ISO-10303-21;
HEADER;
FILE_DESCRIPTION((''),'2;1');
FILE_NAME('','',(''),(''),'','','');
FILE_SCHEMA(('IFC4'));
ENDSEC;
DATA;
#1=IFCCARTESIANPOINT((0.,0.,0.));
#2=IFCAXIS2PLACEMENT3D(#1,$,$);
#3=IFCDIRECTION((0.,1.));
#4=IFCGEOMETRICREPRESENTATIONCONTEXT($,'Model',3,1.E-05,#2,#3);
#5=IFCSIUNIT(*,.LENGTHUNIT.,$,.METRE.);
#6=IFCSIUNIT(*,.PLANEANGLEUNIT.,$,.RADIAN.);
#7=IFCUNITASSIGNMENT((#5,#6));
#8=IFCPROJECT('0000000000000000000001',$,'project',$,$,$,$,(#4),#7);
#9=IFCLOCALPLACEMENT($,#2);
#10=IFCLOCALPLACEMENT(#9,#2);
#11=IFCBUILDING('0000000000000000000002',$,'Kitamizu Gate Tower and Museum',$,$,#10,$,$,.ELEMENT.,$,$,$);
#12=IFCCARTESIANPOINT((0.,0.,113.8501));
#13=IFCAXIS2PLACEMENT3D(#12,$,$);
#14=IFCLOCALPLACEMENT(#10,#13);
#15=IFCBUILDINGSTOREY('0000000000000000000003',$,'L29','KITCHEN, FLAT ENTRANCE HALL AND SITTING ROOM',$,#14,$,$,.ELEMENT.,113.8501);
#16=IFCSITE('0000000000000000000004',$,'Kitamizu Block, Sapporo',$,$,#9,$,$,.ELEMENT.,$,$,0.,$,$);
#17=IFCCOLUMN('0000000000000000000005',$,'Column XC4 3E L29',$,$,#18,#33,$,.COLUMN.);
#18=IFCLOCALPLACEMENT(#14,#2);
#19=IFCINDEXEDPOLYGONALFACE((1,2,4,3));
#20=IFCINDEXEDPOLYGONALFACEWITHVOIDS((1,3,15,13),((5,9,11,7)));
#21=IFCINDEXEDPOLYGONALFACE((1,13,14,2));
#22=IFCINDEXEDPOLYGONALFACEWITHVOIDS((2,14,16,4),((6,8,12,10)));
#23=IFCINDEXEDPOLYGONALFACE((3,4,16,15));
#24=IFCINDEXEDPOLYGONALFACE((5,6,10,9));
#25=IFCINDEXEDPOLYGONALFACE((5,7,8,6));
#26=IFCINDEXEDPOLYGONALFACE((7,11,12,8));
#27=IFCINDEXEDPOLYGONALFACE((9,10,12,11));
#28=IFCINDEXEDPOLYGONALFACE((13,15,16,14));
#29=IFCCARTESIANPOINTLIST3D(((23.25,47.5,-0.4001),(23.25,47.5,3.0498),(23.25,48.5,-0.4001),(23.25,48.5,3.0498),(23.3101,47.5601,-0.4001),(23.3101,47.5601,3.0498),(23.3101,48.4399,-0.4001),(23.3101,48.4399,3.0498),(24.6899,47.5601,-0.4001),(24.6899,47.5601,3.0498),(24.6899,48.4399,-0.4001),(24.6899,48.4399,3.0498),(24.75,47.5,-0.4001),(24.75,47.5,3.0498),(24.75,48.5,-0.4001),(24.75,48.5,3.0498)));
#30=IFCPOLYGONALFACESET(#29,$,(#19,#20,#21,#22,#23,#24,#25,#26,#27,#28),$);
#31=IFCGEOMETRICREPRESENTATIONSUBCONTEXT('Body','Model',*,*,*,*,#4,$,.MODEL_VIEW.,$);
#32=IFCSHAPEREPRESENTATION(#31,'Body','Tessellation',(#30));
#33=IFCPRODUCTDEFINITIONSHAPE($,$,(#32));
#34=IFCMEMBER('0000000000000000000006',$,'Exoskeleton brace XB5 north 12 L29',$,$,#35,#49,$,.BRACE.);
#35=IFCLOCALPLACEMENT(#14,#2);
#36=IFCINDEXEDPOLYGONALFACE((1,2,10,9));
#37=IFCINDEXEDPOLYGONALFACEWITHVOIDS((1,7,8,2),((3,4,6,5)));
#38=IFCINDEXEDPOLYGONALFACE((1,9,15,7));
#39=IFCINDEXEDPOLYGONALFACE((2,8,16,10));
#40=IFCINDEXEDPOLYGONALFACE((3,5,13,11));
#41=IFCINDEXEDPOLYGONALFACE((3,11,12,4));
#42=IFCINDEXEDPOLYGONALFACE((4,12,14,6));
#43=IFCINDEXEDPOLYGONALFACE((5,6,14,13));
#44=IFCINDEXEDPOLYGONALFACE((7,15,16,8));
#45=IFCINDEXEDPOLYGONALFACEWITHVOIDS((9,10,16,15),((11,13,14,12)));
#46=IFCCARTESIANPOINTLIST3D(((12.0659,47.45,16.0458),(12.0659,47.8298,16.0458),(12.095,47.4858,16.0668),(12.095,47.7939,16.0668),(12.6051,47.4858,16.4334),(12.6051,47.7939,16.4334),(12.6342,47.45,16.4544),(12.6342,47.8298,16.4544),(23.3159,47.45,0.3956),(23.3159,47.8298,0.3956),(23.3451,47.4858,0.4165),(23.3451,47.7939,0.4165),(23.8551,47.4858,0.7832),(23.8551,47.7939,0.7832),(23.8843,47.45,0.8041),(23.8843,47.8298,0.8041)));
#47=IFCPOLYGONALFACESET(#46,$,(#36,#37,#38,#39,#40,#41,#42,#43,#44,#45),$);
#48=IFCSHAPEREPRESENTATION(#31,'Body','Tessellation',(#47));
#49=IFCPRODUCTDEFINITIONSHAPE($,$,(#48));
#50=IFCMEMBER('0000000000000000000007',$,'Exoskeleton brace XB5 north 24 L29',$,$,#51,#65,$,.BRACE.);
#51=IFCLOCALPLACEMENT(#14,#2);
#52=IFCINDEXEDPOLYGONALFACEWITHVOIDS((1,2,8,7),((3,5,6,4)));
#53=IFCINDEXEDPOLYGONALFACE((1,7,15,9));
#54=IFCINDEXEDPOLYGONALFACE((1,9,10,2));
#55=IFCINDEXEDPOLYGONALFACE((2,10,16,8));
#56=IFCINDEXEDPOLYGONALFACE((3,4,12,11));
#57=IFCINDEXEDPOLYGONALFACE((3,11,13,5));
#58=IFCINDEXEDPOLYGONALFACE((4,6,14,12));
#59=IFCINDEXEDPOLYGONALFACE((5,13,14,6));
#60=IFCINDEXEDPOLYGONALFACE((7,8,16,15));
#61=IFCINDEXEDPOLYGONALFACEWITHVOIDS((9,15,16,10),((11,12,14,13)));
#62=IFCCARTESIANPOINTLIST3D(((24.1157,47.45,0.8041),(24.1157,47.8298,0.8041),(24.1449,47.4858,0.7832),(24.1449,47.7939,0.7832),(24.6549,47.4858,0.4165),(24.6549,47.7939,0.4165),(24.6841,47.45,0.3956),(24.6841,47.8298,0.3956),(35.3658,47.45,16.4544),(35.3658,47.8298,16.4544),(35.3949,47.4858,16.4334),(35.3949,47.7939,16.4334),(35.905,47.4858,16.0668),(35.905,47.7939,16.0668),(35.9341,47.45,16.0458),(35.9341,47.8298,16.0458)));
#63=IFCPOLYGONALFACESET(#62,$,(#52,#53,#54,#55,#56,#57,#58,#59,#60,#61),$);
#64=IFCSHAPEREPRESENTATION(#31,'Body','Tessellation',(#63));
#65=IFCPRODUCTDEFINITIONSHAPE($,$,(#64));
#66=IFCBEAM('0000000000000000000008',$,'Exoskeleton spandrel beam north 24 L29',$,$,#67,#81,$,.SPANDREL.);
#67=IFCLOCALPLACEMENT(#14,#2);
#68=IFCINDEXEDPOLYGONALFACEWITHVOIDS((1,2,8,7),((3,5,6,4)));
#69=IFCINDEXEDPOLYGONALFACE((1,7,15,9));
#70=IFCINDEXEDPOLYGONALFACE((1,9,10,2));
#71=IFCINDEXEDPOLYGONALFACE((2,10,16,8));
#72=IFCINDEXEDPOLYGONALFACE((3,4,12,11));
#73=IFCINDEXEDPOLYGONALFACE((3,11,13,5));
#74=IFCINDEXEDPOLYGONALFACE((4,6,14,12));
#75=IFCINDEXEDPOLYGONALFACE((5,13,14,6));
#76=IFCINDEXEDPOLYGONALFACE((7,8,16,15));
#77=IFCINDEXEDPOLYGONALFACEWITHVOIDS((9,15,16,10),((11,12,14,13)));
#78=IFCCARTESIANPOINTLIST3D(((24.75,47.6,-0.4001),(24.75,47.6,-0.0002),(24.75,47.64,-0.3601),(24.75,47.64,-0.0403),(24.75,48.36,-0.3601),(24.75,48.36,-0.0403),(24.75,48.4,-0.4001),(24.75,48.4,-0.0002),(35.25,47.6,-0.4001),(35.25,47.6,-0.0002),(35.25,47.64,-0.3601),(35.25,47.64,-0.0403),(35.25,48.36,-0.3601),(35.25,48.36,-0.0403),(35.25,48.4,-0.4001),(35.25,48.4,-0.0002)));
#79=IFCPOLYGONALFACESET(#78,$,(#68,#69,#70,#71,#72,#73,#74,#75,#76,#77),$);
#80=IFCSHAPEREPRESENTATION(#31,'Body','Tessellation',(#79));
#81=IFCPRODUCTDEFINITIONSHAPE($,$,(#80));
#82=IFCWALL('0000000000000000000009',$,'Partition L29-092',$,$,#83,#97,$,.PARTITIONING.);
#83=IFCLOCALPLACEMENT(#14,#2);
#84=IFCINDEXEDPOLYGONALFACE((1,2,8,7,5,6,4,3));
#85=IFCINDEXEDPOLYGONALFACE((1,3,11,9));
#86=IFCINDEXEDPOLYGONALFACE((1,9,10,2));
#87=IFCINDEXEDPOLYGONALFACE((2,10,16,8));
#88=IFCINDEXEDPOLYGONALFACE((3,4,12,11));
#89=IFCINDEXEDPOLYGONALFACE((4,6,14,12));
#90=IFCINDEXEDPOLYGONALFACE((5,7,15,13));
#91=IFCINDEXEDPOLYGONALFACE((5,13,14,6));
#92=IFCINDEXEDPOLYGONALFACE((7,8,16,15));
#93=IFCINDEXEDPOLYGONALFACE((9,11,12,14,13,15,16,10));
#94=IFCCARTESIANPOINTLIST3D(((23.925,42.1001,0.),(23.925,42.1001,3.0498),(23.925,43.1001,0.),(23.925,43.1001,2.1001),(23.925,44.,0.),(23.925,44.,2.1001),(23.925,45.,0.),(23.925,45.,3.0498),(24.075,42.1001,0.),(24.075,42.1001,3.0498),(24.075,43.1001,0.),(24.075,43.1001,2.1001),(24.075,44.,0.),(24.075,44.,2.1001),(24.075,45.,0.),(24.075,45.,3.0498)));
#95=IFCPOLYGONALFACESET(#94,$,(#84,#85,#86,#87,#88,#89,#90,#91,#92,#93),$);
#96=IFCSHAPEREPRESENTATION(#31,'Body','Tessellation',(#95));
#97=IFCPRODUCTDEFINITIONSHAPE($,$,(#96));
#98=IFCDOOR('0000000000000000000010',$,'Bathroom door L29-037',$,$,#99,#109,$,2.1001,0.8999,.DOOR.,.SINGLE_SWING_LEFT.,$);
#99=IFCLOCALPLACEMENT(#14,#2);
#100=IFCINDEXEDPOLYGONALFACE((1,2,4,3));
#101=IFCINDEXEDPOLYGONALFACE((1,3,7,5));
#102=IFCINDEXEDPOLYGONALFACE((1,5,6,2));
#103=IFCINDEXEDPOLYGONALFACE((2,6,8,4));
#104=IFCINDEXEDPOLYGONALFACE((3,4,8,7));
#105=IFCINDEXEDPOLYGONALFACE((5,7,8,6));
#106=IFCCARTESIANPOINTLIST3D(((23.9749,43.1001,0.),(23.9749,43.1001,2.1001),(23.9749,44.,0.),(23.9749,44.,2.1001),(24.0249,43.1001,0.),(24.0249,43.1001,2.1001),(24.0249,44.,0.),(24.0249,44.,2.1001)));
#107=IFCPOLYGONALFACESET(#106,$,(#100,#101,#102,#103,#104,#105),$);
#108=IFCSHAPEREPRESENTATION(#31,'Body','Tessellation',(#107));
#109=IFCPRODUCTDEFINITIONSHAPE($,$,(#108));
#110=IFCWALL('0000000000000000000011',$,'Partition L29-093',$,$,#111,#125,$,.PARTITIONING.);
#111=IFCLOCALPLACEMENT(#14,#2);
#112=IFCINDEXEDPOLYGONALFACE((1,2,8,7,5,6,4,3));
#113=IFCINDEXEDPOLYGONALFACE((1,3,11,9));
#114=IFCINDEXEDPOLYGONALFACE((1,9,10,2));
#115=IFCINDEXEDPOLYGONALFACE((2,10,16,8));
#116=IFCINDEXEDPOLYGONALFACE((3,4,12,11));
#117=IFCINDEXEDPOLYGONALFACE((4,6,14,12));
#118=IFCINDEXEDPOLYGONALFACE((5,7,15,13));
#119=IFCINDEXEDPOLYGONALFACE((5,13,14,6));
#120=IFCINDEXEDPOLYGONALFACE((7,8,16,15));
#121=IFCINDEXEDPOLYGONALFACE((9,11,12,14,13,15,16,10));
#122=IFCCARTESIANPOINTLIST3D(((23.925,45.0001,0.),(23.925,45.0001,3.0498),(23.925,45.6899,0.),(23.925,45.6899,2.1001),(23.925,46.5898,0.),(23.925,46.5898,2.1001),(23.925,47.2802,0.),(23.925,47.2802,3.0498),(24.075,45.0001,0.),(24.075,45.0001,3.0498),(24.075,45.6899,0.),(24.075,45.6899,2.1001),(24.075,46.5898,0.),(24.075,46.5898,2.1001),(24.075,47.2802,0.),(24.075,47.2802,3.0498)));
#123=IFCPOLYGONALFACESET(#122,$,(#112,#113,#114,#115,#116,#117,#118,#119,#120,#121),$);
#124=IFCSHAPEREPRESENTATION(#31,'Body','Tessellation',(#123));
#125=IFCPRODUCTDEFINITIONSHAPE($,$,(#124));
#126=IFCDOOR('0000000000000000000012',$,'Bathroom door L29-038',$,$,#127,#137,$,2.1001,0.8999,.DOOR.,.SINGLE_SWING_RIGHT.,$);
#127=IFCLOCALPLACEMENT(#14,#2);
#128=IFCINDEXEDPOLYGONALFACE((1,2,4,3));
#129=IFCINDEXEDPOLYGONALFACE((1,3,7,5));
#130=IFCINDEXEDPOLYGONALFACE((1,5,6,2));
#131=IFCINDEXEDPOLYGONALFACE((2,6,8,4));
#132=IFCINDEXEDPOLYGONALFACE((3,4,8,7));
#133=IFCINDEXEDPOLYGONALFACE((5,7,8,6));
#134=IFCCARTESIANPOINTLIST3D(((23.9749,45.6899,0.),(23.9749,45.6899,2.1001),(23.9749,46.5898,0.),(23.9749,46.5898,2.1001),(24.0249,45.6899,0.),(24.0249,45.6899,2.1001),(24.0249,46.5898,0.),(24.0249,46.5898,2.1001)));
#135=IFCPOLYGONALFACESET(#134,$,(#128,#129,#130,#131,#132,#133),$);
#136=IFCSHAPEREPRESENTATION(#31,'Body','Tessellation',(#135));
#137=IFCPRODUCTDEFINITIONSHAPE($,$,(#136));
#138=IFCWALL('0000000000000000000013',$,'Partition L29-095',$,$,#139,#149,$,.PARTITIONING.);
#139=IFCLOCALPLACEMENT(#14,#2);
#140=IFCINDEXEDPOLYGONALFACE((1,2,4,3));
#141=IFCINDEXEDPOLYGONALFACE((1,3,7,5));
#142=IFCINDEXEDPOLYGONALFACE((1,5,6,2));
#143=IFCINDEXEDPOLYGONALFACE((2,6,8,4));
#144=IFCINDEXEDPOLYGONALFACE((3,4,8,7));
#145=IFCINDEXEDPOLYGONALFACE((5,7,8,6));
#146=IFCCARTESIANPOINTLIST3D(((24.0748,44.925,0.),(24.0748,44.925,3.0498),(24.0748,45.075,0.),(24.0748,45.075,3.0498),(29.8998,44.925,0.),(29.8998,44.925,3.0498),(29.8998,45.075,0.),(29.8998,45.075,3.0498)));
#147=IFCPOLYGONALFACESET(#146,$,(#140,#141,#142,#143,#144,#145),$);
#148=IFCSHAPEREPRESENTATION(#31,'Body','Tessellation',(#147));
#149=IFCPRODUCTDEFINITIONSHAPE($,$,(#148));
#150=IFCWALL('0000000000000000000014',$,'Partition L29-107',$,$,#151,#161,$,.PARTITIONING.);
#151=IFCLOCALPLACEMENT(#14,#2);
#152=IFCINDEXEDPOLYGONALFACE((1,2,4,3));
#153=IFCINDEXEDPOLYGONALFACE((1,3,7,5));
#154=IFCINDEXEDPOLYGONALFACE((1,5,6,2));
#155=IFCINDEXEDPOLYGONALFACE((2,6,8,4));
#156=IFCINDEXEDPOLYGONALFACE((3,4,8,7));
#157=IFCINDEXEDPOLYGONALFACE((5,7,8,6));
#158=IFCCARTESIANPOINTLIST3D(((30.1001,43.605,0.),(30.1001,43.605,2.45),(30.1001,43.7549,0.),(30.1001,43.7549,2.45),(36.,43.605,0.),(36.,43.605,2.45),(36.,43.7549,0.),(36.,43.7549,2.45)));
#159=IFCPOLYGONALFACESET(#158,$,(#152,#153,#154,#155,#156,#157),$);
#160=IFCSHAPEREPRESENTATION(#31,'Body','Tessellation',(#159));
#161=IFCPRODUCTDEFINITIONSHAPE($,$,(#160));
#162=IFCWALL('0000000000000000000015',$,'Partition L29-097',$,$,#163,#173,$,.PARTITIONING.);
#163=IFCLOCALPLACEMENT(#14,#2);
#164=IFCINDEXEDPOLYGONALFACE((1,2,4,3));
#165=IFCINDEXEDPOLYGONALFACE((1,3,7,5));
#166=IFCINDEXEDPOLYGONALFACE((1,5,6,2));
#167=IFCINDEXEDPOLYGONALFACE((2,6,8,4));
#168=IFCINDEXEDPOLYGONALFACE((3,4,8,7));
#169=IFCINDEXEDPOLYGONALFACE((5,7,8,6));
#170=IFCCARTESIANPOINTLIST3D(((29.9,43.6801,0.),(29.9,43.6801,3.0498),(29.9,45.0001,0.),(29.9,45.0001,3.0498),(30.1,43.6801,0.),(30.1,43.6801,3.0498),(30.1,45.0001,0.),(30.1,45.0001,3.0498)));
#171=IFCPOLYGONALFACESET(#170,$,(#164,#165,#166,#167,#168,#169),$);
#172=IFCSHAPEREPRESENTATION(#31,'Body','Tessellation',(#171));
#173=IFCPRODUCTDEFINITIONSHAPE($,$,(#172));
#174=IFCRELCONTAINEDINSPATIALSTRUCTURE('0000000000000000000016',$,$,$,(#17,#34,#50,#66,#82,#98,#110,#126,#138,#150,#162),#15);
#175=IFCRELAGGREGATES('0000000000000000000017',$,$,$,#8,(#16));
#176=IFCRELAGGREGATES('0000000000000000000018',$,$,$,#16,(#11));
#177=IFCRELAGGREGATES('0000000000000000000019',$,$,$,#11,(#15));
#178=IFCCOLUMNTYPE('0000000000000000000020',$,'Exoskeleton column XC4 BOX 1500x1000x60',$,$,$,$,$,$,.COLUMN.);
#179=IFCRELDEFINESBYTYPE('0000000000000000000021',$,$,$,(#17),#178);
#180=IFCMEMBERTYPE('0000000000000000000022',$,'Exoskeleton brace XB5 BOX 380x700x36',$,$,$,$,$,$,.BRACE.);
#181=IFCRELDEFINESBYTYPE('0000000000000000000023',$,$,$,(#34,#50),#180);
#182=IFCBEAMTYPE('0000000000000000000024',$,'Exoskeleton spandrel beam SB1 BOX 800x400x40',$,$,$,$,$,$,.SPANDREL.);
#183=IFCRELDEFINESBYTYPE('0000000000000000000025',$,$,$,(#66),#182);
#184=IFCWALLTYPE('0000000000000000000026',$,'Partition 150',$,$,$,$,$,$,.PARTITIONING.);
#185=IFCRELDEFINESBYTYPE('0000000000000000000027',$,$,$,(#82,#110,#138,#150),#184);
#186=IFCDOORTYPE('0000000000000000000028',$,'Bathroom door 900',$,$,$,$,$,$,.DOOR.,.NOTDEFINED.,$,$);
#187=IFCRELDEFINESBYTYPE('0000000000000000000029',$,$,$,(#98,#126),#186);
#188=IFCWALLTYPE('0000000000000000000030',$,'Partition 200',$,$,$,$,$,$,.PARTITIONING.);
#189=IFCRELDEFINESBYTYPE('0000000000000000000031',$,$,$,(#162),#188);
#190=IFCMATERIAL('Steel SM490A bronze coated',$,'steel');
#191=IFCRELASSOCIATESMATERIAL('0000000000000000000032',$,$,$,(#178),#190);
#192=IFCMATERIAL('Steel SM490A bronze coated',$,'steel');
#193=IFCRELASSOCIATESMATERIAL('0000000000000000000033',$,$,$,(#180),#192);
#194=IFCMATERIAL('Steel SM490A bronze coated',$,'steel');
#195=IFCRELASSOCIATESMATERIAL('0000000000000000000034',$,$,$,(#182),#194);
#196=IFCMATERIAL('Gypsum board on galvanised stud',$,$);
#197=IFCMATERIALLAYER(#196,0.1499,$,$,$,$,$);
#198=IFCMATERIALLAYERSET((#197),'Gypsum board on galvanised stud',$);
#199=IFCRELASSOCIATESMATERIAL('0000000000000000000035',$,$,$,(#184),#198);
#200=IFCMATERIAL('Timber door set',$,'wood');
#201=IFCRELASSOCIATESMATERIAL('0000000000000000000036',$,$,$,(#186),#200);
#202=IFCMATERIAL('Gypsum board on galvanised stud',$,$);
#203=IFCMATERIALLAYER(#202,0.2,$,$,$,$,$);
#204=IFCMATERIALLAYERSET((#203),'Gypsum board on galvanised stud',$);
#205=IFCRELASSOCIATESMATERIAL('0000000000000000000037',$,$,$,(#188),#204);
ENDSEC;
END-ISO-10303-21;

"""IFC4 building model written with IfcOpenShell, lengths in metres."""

from ifc_helpers import new_model, si_unit, direction, frame, frame_2d, origin, origin_2d, place, context, subcontext, project, spatial, rectangle, hollow_rectangle, extrude, material, layer, layer_set, material_profile, profile_set, type_object, element, fill, save


model = new_model("IFC4")

# Units and contexts
model_context = context("Model", 3, precision=1e-05, world=origin(), true_north=direction((0.0, 1.0)))
body_context = subcontext(model_context, "Body", "Model", "MODEL_VIEW")
ifc_project = project(units=[si_unit("LENGTHUNIT", "METRE"), si_unit("PLANEANGLEUNIT", "RADIAN")], contexts=[model_context])

# Site, building, storey
site_placement = place(None, origin())
site = spatial("IfcSite", under=ifc_project, at=site_placement, Name="Kitamizu Block, Sapporo", CompositionType="ELEMENT", RefElevation=0.0)
building_placement = place(site_placement, origin())
building = spatial("IfcBuilding", under=site, at=building_placement, Name="Kitamizu Gate Tower and Museum", CompositionType="ELEMENT")
storey_placement = place(building_placement, frame((0.0, 0.0, 113.8501)))
storey = spatial("IfcBuildingStorey", under=building, at=storey_placement, Name="L29", Description="KITCHEN, FLAT ENTRANCE HALL AND SITTING ROOM", CompositionType="ELEMENT", Elevation=113.8501)

# Column
ifc_material_1 = material(Name="Steel SM490A bronze coated", Category="steel")
ifc_material_profile_1 = material_profile(ifc_material_1, hollow_rectangle(XDim=1.5, YDim=1.0, WallThickness=0.0601, at=origin_2d()), Name="BOX 1500x1000x60")
ifc_profile_set_1 = profile_set([ifc_material_profile_1], Name="Steel SM490A bronze coated")
column_type = type_object("IfcColumnType", Name="Exoskeleton column XC4 BOX 1500x1000x60", PredefinedType="COLUMN", material=ifc_profile_set_1)
column_placement = place(storey_placement, frame((24.0, 48.0, -0.4001), z_axis=(0.0, 0.0, 1.0), x_axis=(1.0, 0.0, 0.0)))
element("IfcColumn", 1, at=column_placement, inside=storey, type_object=column_type, Name="Column XC4 3E L29", PredefinedType="COLUMN", context=body_context, shape_type="SweptSolid", body=[
    extrude(hollow_rectangle(XDim=1.5, YDim=1.0, WallThickness=0.0601, at=origin_2d()), origin(), (0.0, 0.0, 1.0), 3.45),
])

# Members
ifc_material_2 = material(Name="Steel SM490A bronze coated", Category="steel")
ifc_material_profile_2 = material_profile(ifc_material_2, hollow_rectangle(XDim=0.3799, YDim=0.7, WallThickness=0.0359, at=origin_2d()), Name="BOX 380x700x36")
ifc_profile_set_2 = profile_set([ifc_material_profile_2], Name="Steel SM490A bronze coated")
member_type = type_object("IfcMemberType", Name="Exoskeleton brace XB5 BOX 380x700x36", PredefinedType="BRACE", material=ifc_profile_set_2)
for number, where, z_axis, x_axis, name in (
    (2, (23.6001, 47.6399, 0.5999), (-0.583686, 0.0, 0.81198), (0.0, -1.0, 0.0), "Exoskeleton brace XB5 north 12 L29"),
    (3, (24.3999, 47.6399, 0.5999), (0.583686, 0.0, 0.81198), (0.0, 1.0, 0.0), "Exoskeleton brace XB5 north 24 L29"),
):
    element("IfcMember", number, at=place(storey_placement, frame(where, z_axis=z_axis, x_axis=x_axis)), inside=storey, type_object=member_type, Name=name, PredefinedType="BRACE", context=body_context, shape_type="SweptSolid", body=[
        extrude(hollow_rectangle(XDim=0.3799, YDim=0.7, WallThickness=0.0359, at=origin_2d()), origin(), (0.0, 0.0, 1.0), 19.2742),
    ])

# Beam
ifc_material_3 = material(Name="Steel SM490A bronze coated", Category="steel")
ifc_material_profile_3 = material_profile(ifc_material_3, hollow_rectangle(XDim=0.8, YDim=0.3999, WallThickness=0.04, at=origin_2d()), Name="BOX 800x400x40")
ifc_profile_set_3 = profile_set([ifc_material_profile_3], Name="Steel SM490A bronze coated")
beam_type = type_object("IfcBeamType", Name="Exoskeleton spandrel beam SB1 BOX 800x400x40", PredefinedType="SPANDREL", material=ifc_profile_set_3)
beam_placement = place(storey_placement, frame((24.75, 48.0, -0.2002), z_axis=(1.0, 0.0, 0.0), x_axis=(0.0, 1.0, 0.0)))
element("IfcBeam", 4, at=beam_placement, inside=storey, type_object=beam_type, Name="Exoskeleton spandrel beam north 24 L29", PredefinedType="SPANDREL", context=body_context, shape_type="SweptSolid", body=[
    extrude(hollow_rectangle(XDim=0.8, YDim=0.3999, WallThickness=0.04, at=origin_2d()), origin(), (0.0, 0.0, 1.0), 10.5),
])

# Walls, openings, doors
ifc_material_4 = material(Name="Gypsum board on galvanised stud")
ifc_layer_1 = layer(ifc_material_4, 0.1499)
ifc_layer_set_1 = layer_set([ifc_layer_1], Name="Gypsum board on galvanised stud")
wall_type_1 = type_object("IfcWallType", Name="Partition 150", PredefinedType="PARTITIONING", material=ifc_layer_set_1)
wall_1_placement = place(storey_placement, frame((24.0, 42.1001, 0.0), z_axis=(0.0, 0.0, 1.0), x_axis=(0.0, 1.0, 0.0)))
wall_1 = element("IfcWall", 5, at=wall_1_placement, inside=storey, type_object=wall_type_1, Name="Partition L29-092", PredefinedType="PARTITIONING", context=body_context, shape_type="SweptSolid", body=[
    extrude(rectangle(XDim=2.8999, YDim=0.1499, at=frame_2d((1.45, 0.0))), origin(), (0.0, 0.0, 1.0), 3.0498),
])
opening_1_placement = place(wall_1_placement, frame((1.0, 0.0, 0.0)))
opening_1 = element("IfcOpeningElement", 6, at=opening_1_placement, cuts=wall_1, PredefinedType="OPENING", context=body_context, shape_type="SweptSolid", body=[
    extrude(rectangle(XDim=0.8999, YDim=2.1001, at=frame_2d((0.45, 1.05))), frame((0.0, 0.085, 0.0), z_axis=(0.0, -1.0, 0.0), x_axis=(1.0, 0.0, 0.0)), (0.0, 0.0, 1.0), 0.1699),
])
ifc_material_5 = material(Name="Timber door set", Category="wood")
door_type = type_object("IfcDoorType", Name="Bathroom door 900", OperationType="NOTDEFINED", PredefinedType="DOOR", material=ifc_material_5)
door_1_placement = place(opening_1_placement, frame((0.8999, 0.0, 0.0), x_axis=(-1.0, 0.0, 0.0)))
door_1 = element("IfcDoor", 7, at=door_1_placement, inside=storey, type_object=door_type, Name="Bathroom door L29-037", OperationType="SINGLE_SWING_LEFT", OverallHeight=2.1001, OverallWidth=0.8999, PredefinedType="DOOR", context=body_context, shape_type="SweptSolid", body=[
    extrude(rectangle(XDim=0.8999, YDim=2.1001, at=frame_2d((0.45, 1.05))), frame((0.0, 0.0249, 0.0), z_axis=(0.0, -1.0, 0.0), x_axis=(1.0, 0.0, 0.0)), (0.0, 0.0, 1.0), 0.05),
])
fill(opening_1, door_1)
wall_2_placement = place(storey_placement, frame((24.0, 45.0, 0.0), z_axis=(0.0, 0.0, 1.0), x_axis=(0.0, 1.0, 0.0)))
wall_2 = element("IfcWall", 8, at=wall_2_placement, inside=storey, type_object=wall_type_1, Name="Partition L29-093", PredefinedType="PARTITIONING", context=body_context, shape_type="SweptSolid", body=[
    extrude(rectangle(XDim=2.28, YDim=0.1499, at=frame_2d((1.1401, 0.0))), origin(), (0.0, 0.0, 1.0), 3.0498),
])
opening_2_placement = place(wall_2_placement, frame((0.6899, 0.0, 0.0)))
opening_2 = element("IfcOpeningElement", 9, at=opening_2_placement, cuts=wall_2, PredefinedType="OPENING", context=body_context, shape_type="SweptSolid", body=[
    extrude(rectangle(XDim=0.8999, YDim=2.1001, at=frame_2d((0.45, 1.05))), frame((0.0, 0.085, 0.0), z_axis=(0.0, -1.0, 0.0), x_axis=(1.0, 0.0, 0.0)), (0.0, 0.0, 1.0), 0.1699),
])
door_2_placement = place(opening_2_placement, frame((0.8999, 0.0, 0.0), x_axis=(-1.0, 0.0, 0.0)))
door_2 = element("IfcDoor", 10, at=door_2_placement, inside=storey, type_object=door_type, Name="Bathroom door L29-038", OperationType="SINGLE_SWING_RIGHT", OverallHeight=2.1001, OverallWidth=0.8999, PredefinedType="DOOR", context=body_context, shape_type="SweptSolid", body=[
    extrude(rectangle(XDim=0.8999, YDim=2.1001, at=frame_2d((0.45, 1.05))), frame((0.0, 0.0249, 0.0), z_axis=(0.0, -1.0, 0.0), x_axis=(1.0, 0.0, 0.0)), (0.0, 0.0, 1.0), 0.05),
])
fill(opening_2, door_2)

# Walls
wall_3_placement = place(storey_placement, frame((29.8999, 45.0, 0.0), z_axis=(0.0, 0.0, 1.0), x_axis=(-1.0, 0.0, 0.0)))
element("IfcWall", 11, at=wall_3_placement, inside=storey, type_object=wall_type_1, Name="Partition L29-095", PredefinedType="PARTITIONING", context=body_context, shape_type="SweptSolid", body=[
    extrude(rectangle(XDim=5.825, YDim=0.1499, at=frame_2d((2.9126, 0.0))), origin(), (0.0, 0.0, 1.0), 3.0498),
])
wall_4_placement = place(storey_placement, frame((30.1001, 43.6799, 0.0), z_axis=(0.0, 0.0, 1.0), x_axis=(1.0, 0.0, 0.0)))
element("IfcWall", 12, at=wall_4_placement, inside=storey, type_object=wall_type_1, Name="Partition L29-107", PredefinedType="PARTITIONING", context=body_context, shape_type="SweptSolid", body=[
    extrude(rectangle(XDim=5.8999, YDim=0.1499, at=frame_2d((2.95, 0.0))), origin(), (0.0, 0.0, 1.0), 2.45),
])
ifc_material_6 = material(Name="Gypsum board on galvanised stud")
ifc_layer_2 = layer(ifc_material_6, 0.2)
ifc_layer_set_2 = layer_set([ifc_layer_2], Name="Gypsum board on galvanised stud")
wall_type_2 = type_object("IfcWallType", Name="Partition 200", PredefinedType="PARTITIONING", material=ifc_layer_set_2)
wall_5_placement = place(storey_placement, frame((30.0, 43.6799, 0.0), z_axis=(0.0, 0.0, 1.0), x_axis=(0.0, 1.0, 0.0)))
element("IfcWall", 13, at=wall_5_placement, inside=storey, type_object=wall_type_2, Name="Partition L29-097", PredefinedType="PARTITIONING", context=body_context, shape_type="SweptSolid", body=[
    extrude(rectangle(XDim=1.3201, YDim=0.2, at=frame_2d((0.6602, 0.0))), origin(), (0.0, 0.0, 1.0), 3.0498),
])

save(model, "model.ifc")
